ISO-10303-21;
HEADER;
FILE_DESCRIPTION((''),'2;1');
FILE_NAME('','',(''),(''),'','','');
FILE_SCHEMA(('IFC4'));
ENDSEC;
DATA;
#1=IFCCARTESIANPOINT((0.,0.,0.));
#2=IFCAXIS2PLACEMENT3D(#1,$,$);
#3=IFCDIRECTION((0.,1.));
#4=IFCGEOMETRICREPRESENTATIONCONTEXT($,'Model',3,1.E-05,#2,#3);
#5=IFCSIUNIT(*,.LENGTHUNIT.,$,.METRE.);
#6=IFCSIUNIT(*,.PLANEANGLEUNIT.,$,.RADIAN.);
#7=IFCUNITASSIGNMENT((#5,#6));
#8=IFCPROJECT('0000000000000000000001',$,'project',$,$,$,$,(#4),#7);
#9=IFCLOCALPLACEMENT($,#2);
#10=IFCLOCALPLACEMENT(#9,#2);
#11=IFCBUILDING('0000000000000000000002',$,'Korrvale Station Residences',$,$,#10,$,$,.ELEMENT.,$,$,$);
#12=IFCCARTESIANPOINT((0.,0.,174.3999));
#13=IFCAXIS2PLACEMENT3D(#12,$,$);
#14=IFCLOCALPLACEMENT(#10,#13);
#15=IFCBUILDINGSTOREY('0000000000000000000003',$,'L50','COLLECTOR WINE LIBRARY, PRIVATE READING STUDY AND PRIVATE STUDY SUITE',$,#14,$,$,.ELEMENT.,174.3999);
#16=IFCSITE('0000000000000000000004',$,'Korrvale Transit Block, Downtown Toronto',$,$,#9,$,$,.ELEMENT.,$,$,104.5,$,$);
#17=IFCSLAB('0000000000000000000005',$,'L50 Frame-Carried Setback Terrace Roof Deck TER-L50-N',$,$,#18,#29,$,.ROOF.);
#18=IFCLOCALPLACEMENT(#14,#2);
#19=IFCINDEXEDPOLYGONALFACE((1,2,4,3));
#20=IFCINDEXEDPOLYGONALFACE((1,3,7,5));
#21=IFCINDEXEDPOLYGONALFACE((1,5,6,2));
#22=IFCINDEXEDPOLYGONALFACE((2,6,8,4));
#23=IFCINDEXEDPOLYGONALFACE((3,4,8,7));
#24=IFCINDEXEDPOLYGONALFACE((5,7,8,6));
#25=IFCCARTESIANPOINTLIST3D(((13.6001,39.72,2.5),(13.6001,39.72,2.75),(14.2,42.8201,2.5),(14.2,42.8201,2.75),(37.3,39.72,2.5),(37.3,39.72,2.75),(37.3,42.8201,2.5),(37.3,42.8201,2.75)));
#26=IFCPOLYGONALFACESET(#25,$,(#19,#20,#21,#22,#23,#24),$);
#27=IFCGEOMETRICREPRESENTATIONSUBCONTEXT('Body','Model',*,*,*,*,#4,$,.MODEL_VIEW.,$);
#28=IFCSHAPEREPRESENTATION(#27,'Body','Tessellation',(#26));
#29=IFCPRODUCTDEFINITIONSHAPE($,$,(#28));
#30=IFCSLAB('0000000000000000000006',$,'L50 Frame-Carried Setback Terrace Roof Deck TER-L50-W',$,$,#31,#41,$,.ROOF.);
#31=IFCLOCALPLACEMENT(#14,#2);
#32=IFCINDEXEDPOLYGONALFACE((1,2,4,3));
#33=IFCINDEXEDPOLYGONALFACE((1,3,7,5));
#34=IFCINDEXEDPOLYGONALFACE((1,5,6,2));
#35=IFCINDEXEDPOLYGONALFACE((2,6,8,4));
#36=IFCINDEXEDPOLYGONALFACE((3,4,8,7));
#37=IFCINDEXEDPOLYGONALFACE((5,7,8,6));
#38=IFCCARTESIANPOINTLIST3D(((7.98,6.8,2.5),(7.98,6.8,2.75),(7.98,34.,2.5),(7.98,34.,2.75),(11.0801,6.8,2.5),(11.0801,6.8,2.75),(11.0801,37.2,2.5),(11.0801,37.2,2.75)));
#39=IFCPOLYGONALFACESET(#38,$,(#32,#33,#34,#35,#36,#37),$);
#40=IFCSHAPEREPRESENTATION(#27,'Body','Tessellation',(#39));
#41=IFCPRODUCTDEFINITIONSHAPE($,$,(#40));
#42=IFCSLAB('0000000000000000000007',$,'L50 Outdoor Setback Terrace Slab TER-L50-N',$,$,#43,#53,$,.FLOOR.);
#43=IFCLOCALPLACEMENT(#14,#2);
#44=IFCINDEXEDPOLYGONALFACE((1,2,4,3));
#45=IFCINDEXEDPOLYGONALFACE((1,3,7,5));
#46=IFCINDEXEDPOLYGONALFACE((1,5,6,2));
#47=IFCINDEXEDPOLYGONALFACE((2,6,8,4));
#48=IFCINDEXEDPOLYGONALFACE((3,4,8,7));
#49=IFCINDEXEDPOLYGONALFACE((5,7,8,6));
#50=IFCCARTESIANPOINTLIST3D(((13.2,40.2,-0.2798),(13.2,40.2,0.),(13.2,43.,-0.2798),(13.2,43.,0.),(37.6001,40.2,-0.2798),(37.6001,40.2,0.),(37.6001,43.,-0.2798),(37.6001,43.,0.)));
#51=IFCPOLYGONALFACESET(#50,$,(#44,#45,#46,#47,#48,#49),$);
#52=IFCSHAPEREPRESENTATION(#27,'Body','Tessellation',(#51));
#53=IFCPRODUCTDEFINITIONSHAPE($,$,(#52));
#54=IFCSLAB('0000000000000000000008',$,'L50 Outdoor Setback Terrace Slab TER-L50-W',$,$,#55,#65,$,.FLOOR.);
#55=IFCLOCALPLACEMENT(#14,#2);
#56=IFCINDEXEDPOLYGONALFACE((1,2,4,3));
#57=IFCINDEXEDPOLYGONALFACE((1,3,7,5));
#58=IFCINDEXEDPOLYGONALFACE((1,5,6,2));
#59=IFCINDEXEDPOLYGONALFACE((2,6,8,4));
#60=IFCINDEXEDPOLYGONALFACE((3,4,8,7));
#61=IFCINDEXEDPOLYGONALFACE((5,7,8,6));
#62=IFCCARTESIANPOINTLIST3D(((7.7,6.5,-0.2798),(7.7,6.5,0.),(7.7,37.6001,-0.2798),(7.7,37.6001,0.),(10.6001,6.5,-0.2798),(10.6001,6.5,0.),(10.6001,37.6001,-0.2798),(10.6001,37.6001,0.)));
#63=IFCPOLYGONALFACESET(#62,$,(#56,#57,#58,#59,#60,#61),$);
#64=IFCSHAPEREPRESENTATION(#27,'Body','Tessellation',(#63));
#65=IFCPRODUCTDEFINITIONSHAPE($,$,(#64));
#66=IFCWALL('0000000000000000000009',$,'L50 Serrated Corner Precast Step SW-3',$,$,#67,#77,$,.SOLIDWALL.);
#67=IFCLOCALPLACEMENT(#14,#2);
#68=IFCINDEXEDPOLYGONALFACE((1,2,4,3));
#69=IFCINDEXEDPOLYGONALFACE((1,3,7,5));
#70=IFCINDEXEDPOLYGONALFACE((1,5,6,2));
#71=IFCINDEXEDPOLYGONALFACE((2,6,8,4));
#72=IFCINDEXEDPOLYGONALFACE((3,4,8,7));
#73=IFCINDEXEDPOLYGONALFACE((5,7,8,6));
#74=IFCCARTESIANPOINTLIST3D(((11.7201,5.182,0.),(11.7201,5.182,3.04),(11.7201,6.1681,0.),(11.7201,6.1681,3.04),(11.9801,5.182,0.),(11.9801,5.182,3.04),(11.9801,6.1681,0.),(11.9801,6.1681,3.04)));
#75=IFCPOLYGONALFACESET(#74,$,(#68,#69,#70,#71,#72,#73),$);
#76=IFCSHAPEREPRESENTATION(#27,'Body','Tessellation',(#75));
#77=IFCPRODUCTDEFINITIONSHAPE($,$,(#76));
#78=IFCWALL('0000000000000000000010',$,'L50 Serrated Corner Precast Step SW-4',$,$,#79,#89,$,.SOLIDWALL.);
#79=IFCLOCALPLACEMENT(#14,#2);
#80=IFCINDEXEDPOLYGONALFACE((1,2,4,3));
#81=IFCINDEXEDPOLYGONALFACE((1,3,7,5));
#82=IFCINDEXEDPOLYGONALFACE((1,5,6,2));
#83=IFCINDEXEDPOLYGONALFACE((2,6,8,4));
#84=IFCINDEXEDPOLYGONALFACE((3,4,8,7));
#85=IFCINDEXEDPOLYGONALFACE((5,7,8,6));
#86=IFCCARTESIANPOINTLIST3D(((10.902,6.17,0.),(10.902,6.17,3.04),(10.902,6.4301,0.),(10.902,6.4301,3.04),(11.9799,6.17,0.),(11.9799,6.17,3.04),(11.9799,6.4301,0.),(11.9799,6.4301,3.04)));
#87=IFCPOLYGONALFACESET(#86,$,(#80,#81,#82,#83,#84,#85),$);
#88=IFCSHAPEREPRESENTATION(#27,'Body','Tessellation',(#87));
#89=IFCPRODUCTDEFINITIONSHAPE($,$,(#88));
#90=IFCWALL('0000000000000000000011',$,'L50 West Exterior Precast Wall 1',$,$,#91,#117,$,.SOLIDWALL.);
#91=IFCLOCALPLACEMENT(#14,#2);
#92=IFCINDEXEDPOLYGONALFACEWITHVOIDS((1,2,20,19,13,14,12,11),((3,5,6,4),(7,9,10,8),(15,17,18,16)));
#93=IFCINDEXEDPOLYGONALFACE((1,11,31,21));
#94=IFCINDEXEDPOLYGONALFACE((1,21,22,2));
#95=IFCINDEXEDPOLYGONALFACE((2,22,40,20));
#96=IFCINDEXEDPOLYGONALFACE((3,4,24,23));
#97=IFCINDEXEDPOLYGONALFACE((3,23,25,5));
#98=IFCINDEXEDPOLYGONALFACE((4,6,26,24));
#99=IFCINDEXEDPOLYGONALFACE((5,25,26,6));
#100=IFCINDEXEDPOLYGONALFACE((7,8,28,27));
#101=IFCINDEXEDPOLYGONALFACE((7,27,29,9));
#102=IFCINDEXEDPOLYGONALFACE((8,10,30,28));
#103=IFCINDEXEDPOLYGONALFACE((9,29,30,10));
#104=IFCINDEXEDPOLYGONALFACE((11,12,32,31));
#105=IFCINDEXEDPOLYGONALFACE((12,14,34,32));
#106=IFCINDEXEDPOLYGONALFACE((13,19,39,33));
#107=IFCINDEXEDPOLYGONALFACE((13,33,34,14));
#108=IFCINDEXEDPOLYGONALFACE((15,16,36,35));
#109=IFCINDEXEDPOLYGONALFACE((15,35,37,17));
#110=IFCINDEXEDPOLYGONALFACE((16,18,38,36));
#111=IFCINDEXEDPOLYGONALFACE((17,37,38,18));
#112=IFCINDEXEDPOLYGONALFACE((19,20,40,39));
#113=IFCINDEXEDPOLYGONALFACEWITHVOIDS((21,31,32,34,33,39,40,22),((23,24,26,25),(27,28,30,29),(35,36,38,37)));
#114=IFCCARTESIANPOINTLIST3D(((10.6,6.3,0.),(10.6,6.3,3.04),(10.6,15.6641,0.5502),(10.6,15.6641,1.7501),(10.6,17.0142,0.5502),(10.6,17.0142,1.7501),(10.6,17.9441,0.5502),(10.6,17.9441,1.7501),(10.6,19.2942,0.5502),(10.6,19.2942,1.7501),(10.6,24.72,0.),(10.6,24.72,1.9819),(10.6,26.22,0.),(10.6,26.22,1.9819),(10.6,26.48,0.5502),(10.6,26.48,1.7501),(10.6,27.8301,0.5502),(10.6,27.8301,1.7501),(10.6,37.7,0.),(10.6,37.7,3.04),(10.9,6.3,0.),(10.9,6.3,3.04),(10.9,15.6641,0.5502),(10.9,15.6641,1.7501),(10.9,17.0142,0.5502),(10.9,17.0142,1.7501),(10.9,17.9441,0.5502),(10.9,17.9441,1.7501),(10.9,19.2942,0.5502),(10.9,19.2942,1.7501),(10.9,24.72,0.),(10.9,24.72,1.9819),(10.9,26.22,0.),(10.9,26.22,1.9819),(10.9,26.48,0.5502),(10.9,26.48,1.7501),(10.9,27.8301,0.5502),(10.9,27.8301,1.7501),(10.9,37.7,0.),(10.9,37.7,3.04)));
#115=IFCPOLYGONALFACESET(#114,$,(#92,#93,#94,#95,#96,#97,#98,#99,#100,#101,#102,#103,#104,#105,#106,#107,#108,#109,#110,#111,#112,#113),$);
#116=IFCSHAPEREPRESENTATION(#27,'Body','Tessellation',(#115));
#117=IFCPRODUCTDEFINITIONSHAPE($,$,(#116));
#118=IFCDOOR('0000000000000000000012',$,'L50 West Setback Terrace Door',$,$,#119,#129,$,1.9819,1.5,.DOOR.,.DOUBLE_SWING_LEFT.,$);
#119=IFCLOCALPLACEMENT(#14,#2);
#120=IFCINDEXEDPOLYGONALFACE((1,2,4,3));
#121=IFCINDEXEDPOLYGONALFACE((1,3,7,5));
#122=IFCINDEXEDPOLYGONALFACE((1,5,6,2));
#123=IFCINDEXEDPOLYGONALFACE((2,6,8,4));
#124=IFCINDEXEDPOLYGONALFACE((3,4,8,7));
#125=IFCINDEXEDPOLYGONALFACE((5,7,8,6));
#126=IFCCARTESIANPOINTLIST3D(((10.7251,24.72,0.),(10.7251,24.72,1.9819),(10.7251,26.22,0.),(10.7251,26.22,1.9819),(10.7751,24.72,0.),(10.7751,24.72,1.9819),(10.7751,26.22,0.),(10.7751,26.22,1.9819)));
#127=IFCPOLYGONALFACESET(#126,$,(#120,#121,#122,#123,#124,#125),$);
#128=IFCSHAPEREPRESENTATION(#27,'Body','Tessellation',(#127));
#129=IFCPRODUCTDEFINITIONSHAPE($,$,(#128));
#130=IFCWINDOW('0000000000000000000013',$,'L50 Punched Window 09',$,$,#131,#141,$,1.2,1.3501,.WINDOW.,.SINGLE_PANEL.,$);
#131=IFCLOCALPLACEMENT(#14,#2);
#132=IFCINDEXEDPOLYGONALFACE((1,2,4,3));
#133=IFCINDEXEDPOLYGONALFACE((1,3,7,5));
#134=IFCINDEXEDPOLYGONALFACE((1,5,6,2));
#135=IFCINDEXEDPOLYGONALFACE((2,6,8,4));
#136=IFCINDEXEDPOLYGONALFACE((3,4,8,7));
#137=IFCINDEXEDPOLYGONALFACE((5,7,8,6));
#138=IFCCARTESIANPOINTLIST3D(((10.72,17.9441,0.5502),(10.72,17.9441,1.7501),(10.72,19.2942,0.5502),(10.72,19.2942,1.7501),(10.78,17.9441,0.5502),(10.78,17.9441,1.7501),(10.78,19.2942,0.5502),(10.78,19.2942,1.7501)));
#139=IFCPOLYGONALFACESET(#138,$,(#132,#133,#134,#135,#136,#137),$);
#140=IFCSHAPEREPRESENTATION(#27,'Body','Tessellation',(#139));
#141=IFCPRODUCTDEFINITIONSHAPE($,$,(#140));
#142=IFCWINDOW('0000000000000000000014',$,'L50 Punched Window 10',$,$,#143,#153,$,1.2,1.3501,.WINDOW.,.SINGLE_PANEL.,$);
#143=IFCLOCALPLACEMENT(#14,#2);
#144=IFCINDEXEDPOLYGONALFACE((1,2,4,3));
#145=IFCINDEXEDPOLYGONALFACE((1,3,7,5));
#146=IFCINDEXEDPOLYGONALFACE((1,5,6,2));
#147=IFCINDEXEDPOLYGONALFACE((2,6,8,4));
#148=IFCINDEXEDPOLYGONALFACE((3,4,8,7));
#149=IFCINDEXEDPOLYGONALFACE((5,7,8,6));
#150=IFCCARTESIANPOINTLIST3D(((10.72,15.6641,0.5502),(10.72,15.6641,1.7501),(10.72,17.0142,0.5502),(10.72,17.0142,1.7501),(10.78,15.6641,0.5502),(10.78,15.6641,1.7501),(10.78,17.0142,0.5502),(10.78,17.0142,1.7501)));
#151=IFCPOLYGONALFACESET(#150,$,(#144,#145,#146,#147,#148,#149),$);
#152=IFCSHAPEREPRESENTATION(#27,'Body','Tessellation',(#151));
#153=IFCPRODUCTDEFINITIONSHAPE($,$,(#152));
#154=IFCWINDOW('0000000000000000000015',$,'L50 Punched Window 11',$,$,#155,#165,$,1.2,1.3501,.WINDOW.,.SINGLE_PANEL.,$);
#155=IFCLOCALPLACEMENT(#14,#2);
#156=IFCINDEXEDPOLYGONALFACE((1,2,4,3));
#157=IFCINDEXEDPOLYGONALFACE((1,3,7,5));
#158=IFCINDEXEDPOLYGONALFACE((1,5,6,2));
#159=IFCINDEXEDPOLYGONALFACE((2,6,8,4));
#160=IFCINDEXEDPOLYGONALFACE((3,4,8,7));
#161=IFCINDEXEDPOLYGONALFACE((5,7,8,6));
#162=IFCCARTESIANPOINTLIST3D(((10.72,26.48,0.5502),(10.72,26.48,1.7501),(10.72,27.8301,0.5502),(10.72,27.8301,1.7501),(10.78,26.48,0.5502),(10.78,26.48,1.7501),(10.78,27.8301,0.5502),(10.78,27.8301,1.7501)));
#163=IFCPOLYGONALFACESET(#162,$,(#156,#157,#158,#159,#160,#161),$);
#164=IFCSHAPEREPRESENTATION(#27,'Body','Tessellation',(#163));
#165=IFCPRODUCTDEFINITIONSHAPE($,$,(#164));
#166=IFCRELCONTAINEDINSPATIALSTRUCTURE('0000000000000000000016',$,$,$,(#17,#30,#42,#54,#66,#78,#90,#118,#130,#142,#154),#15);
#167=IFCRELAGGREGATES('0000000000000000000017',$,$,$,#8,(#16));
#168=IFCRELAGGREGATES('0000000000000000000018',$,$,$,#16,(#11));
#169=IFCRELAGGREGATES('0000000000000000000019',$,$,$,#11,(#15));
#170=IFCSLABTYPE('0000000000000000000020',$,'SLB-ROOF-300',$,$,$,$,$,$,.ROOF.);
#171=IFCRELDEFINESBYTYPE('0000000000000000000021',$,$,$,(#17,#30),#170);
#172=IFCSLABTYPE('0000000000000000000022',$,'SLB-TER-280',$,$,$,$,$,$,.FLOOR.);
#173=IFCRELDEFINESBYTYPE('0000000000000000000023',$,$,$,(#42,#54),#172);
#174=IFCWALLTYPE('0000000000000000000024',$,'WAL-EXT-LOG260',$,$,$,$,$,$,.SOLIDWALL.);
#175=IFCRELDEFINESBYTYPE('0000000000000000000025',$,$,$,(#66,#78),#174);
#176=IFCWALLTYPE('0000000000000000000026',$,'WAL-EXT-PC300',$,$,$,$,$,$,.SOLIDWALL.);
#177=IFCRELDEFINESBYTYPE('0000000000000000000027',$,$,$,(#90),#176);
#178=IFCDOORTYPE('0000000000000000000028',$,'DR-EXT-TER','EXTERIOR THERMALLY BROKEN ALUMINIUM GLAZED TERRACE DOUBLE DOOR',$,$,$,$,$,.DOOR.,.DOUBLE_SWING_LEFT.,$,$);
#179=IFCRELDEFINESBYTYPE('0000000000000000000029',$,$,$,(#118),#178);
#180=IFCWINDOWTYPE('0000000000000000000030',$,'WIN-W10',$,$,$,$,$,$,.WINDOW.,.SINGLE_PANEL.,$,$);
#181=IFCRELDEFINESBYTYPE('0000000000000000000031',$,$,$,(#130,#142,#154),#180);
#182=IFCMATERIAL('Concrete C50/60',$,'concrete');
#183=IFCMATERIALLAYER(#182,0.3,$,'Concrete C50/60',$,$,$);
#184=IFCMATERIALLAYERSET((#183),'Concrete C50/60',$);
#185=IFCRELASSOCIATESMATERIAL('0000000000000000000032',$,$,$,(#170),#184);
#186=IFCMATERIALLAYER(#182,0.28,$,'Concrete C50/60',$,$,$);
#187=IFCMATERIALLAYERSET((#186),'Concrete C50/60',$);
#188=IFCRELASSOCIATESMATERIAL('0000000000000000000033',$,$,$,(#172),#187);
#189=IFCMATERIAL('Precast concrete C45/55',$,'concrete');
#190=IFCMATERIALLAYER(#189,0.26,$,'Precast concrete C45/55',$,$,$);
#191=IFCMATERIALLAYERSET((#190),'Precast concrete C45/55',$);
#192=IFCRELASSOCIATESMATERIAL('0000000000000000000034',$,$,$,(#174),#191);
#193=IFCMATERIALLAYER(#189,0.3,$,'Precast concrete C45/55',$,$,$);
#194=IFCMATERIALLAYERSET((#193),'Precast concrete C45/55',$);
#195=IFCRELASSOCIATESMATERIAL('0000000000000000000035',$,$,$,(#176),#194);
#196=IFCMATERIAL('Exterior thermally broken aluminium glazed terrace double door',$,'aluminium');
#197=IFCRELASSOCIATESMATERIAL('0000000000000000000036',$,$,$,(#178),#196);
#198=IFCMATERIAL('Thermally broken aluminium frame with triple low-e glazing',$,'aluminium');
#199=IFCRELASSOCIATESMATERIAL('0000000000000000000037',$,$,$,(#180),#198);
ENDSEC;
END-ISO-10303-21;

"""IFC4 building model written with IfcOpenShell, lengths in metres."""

from ifc_helpers import new_model, si_unit, direction, frame, frame_2d, origin, place, context, subcontext, project, spatial, polyline, rectangle, outline, extrude, material, layer, layer_set, type_object, element, fill, save


model = new_model("IFC4")

# Units and contexts
model_context = context("Model", 3, precision=1e-05, world=origin(), true_north=direction((0.0, 1.0)))
body_context = subcontext(model_context, "Body", "Model", "MODEL_VIEW")
ifc_project = project(units=[si_unit("LENGTHUNIT", "METRE"), si_unit("PLANEANGLEUNIT", "RADIAN")], contexts=[model_context])

# Site, building, storey
site_placement = place(None, origin())
site = spatial("IfcSite", under=ifc_project, at=site_placement, Name="Korrvale Transit Block, Downtown Toronto", CompositionType="ELEMENT", RefElevation=104.5)
building_placement = place(site_placement, origin())
building = spatial("IfcBuilding", under=site, at=building_placement, Name="Korrvale Station Residences", CompositionType="ELEMENT")
storey_placement = place(building_placement, frame((0.0, 0.0, 174.3999)))
storey = spatial("IfcBuildingStorey", under=building, at=storey_placement, Name="L50", Description="COLLECTOR WINE LIBRARY, PRIVATE READING STUDY AND PRIVATE STUDY SUITE", CompositionType="ELEMENT", Elevation=174.3999)

# Shared definitions
ifc_material_1 = material(Name="Concrete C50/60", Category="concrete")

# Slabs
ifc_layer_1 = layer(ifc_material_1, 0.3, Name="Concrete C50/60")
ifc_layer_set_1 = layer_set([ifc_layer_1], Name="Concrete C50/60")
slab_type_1 = type_object("IfcSlabType", Name="SLB-ROOF-300", PredefinedType="ROOF", material=ifc_layer_set_1)
slab_1_placement = place(storey_placement, frame((0.0, 0.0, 2.5)))
element("IfcSlab", 1, at=slab_1_placement, inside=storey, type_object=slab_type_1, Name="L50 Frame-Carried Setback Terrace Roof Deck TER-L50-N", PredefinedType="ROOF", context=body_context, shape_type="SweptSolid", body=[
    extrude(outline(polyline([(14.2, 42.8201), (37.3, 42.8201), (37.3, 39.72), (13.6001, 39.72), (14.2, 42.8201)])), origin(), (0.0, 0.0, 1.0), 0.25),
])
slab_2_placement = place(storey_placement, frame((0.0, 0.0, 2.5)))
element("IfcSlab", 2, at=slab_2_placement, inside=storey, type_object=slab_type_1, Name="L50 Frame-Carried Setback Terrace Roof Deck TER-L50-W", PredefinedType="ROOF", context=body_context, shape_type="SweptSolid", body=[
    extrude(outline(polyline([(7.98, 6.8), (7.98, 34.0), (11.0801, 37.2), (11.0801, 6.8), (7.98, 6.8)])), origin(), (0.0, 0.0, 1.0), 0.25),
])
ifc_layer_2 = layer(ifc_material_1, 0.28, Name="Concrete C50/60")
ifc_layer_set_2 = layer_set([ifc_layer_2], Name="Concrete C50/60")
slab_type_2 = type_object("IfcSlabType", Name="SLB-TER-280", PredefinedType="FLOOR", material=ifc_layer_set_2)
slab_3_placement = place(storey_placement, frame((0.0, 0.0, -0.2798)))
element("IfcSlab", 3, at=slab_3_placement, inside=storey, type_object=slab_type_2, Name="L50 Outdoor Setback Terrace Slab TER-L50-N", PredefinedType="FLOOR", context=body_context, shape_type="SweptSolid", body=[
    extrude(outline(polyline([(13.2, 40.2), (37.6001, 40.2), (37.6001, 43.0), (13.2, 43.0), (13.2, 40.2)])), origin(), (0.0, 0.0, 1.0), 0.2798),
])
slab_4_placement = place(storey_placement, frame((0.0, 0.0, -0.2798)))
element("IfcSlab", 4, at=slab_4_placement, inside=storey, type_object=slab_type_2, Name="L50 Outdoor Setback Terrace Slab TER-L50-W", PredefinedType="FLOOR", context=body_context, shape_type="SweptSolid", body=[
    extrude(outline(polyline([(7.7, 6.5), (10.6001, 6.5), (10.6001, 37.6001), (7.7, 37.6001), (7.7, 6.5)])), origin(), (0.0, 0.0, 1.0), 0.2798),
])

# Walls
ifc_material_2 = material(Name="Precast concrete C45/55", Category="concrete")
ifc_layer_3 = layer(ifc_material_2, 0.26, Name="Precast concrete C45/55")
ifc_layer_set_3 = layer_set([ifc_layer_3], Name="Precast concrete C45/55")
wall_type_1 = type_object("IfcWallType", Name="WAL-EXT-LOG260", PredefinedType="SOLIDWALL", material=ifc_layer_set_3)
wall_1_placement = place(storey_placement, frame((11.8501, 5.1819, 0.0), z_axis=(0.0, 0.0, 1.0), x_axis=(0.0, 1.0, 0.0)))
element("IfcWall", 5, at=wall_1_placement, inside=storey, type_object=wall_type_1, Name="L50 Serrated Corner Precast Step SW-3", PredefinedType="SOLIDWALL", context=body_context, shape_type="SweptSolid", body=[
    extrude(rectangle(XDim=0.9861, YDim=0.26, at=frame_2d((0.4932, 0.0))), origin(), (0.0, 0.0, 1.0), 3.04),
])
wall_2_placement = place(storey_placement, frame((11.98, 6.3, 0.0), z_axis=(0.0, 0.0, 1.0), x_axis=(-1.0, 0.0, 0.0)))
element("IfcWall", 6, at=wall_2_placement, inside=storey, type_object=wall_type_1, Name="L50 Serrated Corner Precast Step SW-4", PredefinedType="SOLIDWALL", context=body_context, shape_type="SweptSolid", body=[
    extrude(rectangle(XDim=1.0779, YDim=0.26, at=frame_2d((0.5391, 0.0))), origin(), (0.0, 0.0, 1.0), 3.04),
])

# Wall, openings, door, windows
ifc_layer_4 = layer(ifc_material_2, 0.3, Name="Precast concrete C45/55")
ifc_layer_set_4 = layer_set([ifc_layer_4], Name="Precast concrete C45/55")
wall_type_2 = type_object("IfcWallType", Name="WAL-EXT-PC300", PredefinedType="SOLIDWALL", material=ifc_layer_set_4)
wall_3_placement = place(storey_placement, frame((10.75, 6.3, 0.0), z_axis=(0.0, 0.0, 1.0), x_axis=(0.0, 1.0, 0.0)))
wall_3 = element("IfcWall", 7, at=wall_3_placement, inside=storey, type_object=wall_type_2, Name="L50 West Exterior Precast Wall 1", PredefinedType="SOLIDWALL", context=body_context, shape_type="SweptSolid", body=[
    extrude(rectangle(XDim=31.3999, YDim=0.3, at=frame_2d((15.7, 0.0))), origin(), (0.0, 0.0, 1.0), 3.04),
])
opening_1_placement = place(wall_3_placement, frame((18.4199, 0.0, 0.0)))
opening_1 = element("IfcOpeningElement", 8, at=opening_1_placement, cuts=wall_3, PredefinedType="OPENING", context=body_context, shape_type="SweptSolid", body=[
    extrude(rectangle(XDim=1.5, YDim=1.9819, at=frame_2d((0.75, 0.991))), frame((0.0, 0.1602, 0.0), z_axis=(0.0, -1.0, 0.0), x_axis=(1.0, 0.0, 0.0)), (0.0, 0.0, 1.0), 0.3201),
])
opening_2_placement = place(wall_3_placement, frame((11.644, 0.0, 0.55)))
opening_2 = element("IfcOpeningElement", 9, at=opening_2_placement, cuts=wall_3, PredefinedType="OPENING", context=body_context, shape_type="SweptSolid", body=[
    extrude(rectangle(XDim=1.3501, YDim=1.2, at=frame_2d((0.675, 0.6001))), frame((0.0, 0.1602, 0.0), z_axis=(0.0, -1.0, 0.0), x_axis=(1.0, 0.0, 0.0)), (0.0, 0.0, 1.0), 0.3201),
])
opening_3_placement = place(wall_3_placement, frame((9.364, 0.0, 0.55)))
opening_3 = element("IfcOpeningElement", 10, at=opening_3_placement, cuts=wall_3, PredefinedType="OPENING", context=body_context, shape_type="SweptSolid", body=[
    extrude(rectangle(XDim=1.3501, YDim=1.2, at=frame_2d((0.675, 0.6001))), frame((0.0, 0.1602, 0.0), z_axis=(0.0, -1.0, 0.0), x_axis=(1.0, 0.0, 0.0)), (0.0, 0.0, 1.0), 0.3201),
])
opening_4_placement = place(wall_3_placement, frame((20.1799, 0.0, 0.55)))
opening_4 = element("IfcOpeningElement", 11, at=opening_4_placement, cuts=wall_3, PredefinedType="OPENING", context=body_context, shape_type="SweptSolid", body=[
    extrude(rectangle(XDim=1.3501, YDim=1.2, at=frame_2d((0.675, 0.6001))), frame((0.0, 0.1602, 0.0), z_axis=(0.0, -1.0, 0.0), x_axis=(1.0, 0.0, 0.0)), (0.0, 0.0, 1.0), 0.3201),
])
ifc_material_3 = material(Name="Exterior thermally broken aluminium glazed terrace double door", Category="aluminium")
door_type = type_object("IfcDoorType", Name="DR-EXT-TER", Description="EXTERIOR THERMALLY BROKEN ALUMINIUM GLAZED TERRACE DOUBLE DOOR", OperationType="DOUBLE_SWING_LEFT", PredefinedType="DOOR", material=ifc_material_3)
door_placement = place(opening_1_placement, origin())
door = element("IfcDoor", 12, at=door_placement, inside=storey, type_object=door_type, Name="L50 West Setback Terrace Door", OperationType="DOUBLE_SWING_LEFT", OverallHeight=1.9819, OverallWidth=1.5, PredefinedType="DOOR", context=body_context, shape_type="SweptSolid", body=[
    extrude(rectangle(XDim=1.5, YDim=1.9819, at=frame_2d((0.75, 0.991))), frame((0.0, 0.0249, 0.0), z_axis=(0.0, -1.0, 0.0), x_axis=(1.0, 0.0, 0.0)), (0.0, 0.0, 1.0), 0.05),
])
fill(opening_1, door)
ifc_material_4 = material(Name="Thermally broken aluminium frame with triple low-e glazing", Category="aluminium")
window_type = type_object("IfcWindowType", Name="WIN-W10", PartitioningType="SINGLE_PANEL", PredefinedType="WINDOW", material=ifc_material_4)
window_1_placement = place(opening_2_placement, origin())
window_1 = element("IfcWindow", 13, at=window_1_placement, inside=storey, type_object=window_type, Name="L50 Punched Window 09", OverallHeight=1.2, OverallWidth=1.3501, PartitioningType="SINGLE_PANEL", PredefinedType="WINDOW", context=body_context, shape_type="SweptSolid", body=[
    extrude(rectangle(XDim=1.3501, YDim=1.2, at=frame_2d((0.675, 0.6001))), frame((0.0, 0.03, 0.0), z_axis=(0.0, -1.0, 0.0), x_axis=(1.0, 0.0, 0.0)), (0.0, 0.0, 1.0), 0.0601),
])
fill(opening_2, window_1)
window_2_placement = place(opening_3_placement, origin())
window_2 = element("IfcWindow", 14, at=window_2_placement, inside=storey, type_object=window_type, Name="L50 Punched Window 10", OverallHeight=1.2, OverallWidth=1.3501, PartitioningType="SINGLE_PANEL", PredefinedType="WINDOW", context=body_context, shape_type="SweptSolid", body=[
    extrude(rectangle(XDim=1.3501, YDim=1.2, at=frame_2d((0.675, 0.6001))), frame((0.0, 0.03, 0.0), z_axis=(0.0, -1.0, 0.0), x_axis=(1.0, 0.0, 0.0)), (0.0, 0.0, 1.0), 0.0601),
])
fill(opening_3, window_2)
window_3_placement = place(opening_4_placement, origin())
window_3 = element("IfcWindow", 15, at=window_3_placement, inside=storey, type_object=window_type, Name="L50 Punched Window 11", OverallHeight=1.2, OverallWidth=1.3501, PartitioningType="SINGLE_PANEL", PredefinedType="WINDOW", context=body_context, shape_type="SweptSolid", body=[
    extrude(rectangle(XDim=1.3501, YDim=1.2, at=frame_2d((0.675, 0.6001))), frame((0.0, 0.03, 0.0), z_axis=(0.0, -1.0, 0.0), x_axis=(1.0, 0.0, 0.0)), (0.0, 0.0, 1.0), 0.0601),
])
fill(opening_4, window_3)

save(model, "model.ifc")
